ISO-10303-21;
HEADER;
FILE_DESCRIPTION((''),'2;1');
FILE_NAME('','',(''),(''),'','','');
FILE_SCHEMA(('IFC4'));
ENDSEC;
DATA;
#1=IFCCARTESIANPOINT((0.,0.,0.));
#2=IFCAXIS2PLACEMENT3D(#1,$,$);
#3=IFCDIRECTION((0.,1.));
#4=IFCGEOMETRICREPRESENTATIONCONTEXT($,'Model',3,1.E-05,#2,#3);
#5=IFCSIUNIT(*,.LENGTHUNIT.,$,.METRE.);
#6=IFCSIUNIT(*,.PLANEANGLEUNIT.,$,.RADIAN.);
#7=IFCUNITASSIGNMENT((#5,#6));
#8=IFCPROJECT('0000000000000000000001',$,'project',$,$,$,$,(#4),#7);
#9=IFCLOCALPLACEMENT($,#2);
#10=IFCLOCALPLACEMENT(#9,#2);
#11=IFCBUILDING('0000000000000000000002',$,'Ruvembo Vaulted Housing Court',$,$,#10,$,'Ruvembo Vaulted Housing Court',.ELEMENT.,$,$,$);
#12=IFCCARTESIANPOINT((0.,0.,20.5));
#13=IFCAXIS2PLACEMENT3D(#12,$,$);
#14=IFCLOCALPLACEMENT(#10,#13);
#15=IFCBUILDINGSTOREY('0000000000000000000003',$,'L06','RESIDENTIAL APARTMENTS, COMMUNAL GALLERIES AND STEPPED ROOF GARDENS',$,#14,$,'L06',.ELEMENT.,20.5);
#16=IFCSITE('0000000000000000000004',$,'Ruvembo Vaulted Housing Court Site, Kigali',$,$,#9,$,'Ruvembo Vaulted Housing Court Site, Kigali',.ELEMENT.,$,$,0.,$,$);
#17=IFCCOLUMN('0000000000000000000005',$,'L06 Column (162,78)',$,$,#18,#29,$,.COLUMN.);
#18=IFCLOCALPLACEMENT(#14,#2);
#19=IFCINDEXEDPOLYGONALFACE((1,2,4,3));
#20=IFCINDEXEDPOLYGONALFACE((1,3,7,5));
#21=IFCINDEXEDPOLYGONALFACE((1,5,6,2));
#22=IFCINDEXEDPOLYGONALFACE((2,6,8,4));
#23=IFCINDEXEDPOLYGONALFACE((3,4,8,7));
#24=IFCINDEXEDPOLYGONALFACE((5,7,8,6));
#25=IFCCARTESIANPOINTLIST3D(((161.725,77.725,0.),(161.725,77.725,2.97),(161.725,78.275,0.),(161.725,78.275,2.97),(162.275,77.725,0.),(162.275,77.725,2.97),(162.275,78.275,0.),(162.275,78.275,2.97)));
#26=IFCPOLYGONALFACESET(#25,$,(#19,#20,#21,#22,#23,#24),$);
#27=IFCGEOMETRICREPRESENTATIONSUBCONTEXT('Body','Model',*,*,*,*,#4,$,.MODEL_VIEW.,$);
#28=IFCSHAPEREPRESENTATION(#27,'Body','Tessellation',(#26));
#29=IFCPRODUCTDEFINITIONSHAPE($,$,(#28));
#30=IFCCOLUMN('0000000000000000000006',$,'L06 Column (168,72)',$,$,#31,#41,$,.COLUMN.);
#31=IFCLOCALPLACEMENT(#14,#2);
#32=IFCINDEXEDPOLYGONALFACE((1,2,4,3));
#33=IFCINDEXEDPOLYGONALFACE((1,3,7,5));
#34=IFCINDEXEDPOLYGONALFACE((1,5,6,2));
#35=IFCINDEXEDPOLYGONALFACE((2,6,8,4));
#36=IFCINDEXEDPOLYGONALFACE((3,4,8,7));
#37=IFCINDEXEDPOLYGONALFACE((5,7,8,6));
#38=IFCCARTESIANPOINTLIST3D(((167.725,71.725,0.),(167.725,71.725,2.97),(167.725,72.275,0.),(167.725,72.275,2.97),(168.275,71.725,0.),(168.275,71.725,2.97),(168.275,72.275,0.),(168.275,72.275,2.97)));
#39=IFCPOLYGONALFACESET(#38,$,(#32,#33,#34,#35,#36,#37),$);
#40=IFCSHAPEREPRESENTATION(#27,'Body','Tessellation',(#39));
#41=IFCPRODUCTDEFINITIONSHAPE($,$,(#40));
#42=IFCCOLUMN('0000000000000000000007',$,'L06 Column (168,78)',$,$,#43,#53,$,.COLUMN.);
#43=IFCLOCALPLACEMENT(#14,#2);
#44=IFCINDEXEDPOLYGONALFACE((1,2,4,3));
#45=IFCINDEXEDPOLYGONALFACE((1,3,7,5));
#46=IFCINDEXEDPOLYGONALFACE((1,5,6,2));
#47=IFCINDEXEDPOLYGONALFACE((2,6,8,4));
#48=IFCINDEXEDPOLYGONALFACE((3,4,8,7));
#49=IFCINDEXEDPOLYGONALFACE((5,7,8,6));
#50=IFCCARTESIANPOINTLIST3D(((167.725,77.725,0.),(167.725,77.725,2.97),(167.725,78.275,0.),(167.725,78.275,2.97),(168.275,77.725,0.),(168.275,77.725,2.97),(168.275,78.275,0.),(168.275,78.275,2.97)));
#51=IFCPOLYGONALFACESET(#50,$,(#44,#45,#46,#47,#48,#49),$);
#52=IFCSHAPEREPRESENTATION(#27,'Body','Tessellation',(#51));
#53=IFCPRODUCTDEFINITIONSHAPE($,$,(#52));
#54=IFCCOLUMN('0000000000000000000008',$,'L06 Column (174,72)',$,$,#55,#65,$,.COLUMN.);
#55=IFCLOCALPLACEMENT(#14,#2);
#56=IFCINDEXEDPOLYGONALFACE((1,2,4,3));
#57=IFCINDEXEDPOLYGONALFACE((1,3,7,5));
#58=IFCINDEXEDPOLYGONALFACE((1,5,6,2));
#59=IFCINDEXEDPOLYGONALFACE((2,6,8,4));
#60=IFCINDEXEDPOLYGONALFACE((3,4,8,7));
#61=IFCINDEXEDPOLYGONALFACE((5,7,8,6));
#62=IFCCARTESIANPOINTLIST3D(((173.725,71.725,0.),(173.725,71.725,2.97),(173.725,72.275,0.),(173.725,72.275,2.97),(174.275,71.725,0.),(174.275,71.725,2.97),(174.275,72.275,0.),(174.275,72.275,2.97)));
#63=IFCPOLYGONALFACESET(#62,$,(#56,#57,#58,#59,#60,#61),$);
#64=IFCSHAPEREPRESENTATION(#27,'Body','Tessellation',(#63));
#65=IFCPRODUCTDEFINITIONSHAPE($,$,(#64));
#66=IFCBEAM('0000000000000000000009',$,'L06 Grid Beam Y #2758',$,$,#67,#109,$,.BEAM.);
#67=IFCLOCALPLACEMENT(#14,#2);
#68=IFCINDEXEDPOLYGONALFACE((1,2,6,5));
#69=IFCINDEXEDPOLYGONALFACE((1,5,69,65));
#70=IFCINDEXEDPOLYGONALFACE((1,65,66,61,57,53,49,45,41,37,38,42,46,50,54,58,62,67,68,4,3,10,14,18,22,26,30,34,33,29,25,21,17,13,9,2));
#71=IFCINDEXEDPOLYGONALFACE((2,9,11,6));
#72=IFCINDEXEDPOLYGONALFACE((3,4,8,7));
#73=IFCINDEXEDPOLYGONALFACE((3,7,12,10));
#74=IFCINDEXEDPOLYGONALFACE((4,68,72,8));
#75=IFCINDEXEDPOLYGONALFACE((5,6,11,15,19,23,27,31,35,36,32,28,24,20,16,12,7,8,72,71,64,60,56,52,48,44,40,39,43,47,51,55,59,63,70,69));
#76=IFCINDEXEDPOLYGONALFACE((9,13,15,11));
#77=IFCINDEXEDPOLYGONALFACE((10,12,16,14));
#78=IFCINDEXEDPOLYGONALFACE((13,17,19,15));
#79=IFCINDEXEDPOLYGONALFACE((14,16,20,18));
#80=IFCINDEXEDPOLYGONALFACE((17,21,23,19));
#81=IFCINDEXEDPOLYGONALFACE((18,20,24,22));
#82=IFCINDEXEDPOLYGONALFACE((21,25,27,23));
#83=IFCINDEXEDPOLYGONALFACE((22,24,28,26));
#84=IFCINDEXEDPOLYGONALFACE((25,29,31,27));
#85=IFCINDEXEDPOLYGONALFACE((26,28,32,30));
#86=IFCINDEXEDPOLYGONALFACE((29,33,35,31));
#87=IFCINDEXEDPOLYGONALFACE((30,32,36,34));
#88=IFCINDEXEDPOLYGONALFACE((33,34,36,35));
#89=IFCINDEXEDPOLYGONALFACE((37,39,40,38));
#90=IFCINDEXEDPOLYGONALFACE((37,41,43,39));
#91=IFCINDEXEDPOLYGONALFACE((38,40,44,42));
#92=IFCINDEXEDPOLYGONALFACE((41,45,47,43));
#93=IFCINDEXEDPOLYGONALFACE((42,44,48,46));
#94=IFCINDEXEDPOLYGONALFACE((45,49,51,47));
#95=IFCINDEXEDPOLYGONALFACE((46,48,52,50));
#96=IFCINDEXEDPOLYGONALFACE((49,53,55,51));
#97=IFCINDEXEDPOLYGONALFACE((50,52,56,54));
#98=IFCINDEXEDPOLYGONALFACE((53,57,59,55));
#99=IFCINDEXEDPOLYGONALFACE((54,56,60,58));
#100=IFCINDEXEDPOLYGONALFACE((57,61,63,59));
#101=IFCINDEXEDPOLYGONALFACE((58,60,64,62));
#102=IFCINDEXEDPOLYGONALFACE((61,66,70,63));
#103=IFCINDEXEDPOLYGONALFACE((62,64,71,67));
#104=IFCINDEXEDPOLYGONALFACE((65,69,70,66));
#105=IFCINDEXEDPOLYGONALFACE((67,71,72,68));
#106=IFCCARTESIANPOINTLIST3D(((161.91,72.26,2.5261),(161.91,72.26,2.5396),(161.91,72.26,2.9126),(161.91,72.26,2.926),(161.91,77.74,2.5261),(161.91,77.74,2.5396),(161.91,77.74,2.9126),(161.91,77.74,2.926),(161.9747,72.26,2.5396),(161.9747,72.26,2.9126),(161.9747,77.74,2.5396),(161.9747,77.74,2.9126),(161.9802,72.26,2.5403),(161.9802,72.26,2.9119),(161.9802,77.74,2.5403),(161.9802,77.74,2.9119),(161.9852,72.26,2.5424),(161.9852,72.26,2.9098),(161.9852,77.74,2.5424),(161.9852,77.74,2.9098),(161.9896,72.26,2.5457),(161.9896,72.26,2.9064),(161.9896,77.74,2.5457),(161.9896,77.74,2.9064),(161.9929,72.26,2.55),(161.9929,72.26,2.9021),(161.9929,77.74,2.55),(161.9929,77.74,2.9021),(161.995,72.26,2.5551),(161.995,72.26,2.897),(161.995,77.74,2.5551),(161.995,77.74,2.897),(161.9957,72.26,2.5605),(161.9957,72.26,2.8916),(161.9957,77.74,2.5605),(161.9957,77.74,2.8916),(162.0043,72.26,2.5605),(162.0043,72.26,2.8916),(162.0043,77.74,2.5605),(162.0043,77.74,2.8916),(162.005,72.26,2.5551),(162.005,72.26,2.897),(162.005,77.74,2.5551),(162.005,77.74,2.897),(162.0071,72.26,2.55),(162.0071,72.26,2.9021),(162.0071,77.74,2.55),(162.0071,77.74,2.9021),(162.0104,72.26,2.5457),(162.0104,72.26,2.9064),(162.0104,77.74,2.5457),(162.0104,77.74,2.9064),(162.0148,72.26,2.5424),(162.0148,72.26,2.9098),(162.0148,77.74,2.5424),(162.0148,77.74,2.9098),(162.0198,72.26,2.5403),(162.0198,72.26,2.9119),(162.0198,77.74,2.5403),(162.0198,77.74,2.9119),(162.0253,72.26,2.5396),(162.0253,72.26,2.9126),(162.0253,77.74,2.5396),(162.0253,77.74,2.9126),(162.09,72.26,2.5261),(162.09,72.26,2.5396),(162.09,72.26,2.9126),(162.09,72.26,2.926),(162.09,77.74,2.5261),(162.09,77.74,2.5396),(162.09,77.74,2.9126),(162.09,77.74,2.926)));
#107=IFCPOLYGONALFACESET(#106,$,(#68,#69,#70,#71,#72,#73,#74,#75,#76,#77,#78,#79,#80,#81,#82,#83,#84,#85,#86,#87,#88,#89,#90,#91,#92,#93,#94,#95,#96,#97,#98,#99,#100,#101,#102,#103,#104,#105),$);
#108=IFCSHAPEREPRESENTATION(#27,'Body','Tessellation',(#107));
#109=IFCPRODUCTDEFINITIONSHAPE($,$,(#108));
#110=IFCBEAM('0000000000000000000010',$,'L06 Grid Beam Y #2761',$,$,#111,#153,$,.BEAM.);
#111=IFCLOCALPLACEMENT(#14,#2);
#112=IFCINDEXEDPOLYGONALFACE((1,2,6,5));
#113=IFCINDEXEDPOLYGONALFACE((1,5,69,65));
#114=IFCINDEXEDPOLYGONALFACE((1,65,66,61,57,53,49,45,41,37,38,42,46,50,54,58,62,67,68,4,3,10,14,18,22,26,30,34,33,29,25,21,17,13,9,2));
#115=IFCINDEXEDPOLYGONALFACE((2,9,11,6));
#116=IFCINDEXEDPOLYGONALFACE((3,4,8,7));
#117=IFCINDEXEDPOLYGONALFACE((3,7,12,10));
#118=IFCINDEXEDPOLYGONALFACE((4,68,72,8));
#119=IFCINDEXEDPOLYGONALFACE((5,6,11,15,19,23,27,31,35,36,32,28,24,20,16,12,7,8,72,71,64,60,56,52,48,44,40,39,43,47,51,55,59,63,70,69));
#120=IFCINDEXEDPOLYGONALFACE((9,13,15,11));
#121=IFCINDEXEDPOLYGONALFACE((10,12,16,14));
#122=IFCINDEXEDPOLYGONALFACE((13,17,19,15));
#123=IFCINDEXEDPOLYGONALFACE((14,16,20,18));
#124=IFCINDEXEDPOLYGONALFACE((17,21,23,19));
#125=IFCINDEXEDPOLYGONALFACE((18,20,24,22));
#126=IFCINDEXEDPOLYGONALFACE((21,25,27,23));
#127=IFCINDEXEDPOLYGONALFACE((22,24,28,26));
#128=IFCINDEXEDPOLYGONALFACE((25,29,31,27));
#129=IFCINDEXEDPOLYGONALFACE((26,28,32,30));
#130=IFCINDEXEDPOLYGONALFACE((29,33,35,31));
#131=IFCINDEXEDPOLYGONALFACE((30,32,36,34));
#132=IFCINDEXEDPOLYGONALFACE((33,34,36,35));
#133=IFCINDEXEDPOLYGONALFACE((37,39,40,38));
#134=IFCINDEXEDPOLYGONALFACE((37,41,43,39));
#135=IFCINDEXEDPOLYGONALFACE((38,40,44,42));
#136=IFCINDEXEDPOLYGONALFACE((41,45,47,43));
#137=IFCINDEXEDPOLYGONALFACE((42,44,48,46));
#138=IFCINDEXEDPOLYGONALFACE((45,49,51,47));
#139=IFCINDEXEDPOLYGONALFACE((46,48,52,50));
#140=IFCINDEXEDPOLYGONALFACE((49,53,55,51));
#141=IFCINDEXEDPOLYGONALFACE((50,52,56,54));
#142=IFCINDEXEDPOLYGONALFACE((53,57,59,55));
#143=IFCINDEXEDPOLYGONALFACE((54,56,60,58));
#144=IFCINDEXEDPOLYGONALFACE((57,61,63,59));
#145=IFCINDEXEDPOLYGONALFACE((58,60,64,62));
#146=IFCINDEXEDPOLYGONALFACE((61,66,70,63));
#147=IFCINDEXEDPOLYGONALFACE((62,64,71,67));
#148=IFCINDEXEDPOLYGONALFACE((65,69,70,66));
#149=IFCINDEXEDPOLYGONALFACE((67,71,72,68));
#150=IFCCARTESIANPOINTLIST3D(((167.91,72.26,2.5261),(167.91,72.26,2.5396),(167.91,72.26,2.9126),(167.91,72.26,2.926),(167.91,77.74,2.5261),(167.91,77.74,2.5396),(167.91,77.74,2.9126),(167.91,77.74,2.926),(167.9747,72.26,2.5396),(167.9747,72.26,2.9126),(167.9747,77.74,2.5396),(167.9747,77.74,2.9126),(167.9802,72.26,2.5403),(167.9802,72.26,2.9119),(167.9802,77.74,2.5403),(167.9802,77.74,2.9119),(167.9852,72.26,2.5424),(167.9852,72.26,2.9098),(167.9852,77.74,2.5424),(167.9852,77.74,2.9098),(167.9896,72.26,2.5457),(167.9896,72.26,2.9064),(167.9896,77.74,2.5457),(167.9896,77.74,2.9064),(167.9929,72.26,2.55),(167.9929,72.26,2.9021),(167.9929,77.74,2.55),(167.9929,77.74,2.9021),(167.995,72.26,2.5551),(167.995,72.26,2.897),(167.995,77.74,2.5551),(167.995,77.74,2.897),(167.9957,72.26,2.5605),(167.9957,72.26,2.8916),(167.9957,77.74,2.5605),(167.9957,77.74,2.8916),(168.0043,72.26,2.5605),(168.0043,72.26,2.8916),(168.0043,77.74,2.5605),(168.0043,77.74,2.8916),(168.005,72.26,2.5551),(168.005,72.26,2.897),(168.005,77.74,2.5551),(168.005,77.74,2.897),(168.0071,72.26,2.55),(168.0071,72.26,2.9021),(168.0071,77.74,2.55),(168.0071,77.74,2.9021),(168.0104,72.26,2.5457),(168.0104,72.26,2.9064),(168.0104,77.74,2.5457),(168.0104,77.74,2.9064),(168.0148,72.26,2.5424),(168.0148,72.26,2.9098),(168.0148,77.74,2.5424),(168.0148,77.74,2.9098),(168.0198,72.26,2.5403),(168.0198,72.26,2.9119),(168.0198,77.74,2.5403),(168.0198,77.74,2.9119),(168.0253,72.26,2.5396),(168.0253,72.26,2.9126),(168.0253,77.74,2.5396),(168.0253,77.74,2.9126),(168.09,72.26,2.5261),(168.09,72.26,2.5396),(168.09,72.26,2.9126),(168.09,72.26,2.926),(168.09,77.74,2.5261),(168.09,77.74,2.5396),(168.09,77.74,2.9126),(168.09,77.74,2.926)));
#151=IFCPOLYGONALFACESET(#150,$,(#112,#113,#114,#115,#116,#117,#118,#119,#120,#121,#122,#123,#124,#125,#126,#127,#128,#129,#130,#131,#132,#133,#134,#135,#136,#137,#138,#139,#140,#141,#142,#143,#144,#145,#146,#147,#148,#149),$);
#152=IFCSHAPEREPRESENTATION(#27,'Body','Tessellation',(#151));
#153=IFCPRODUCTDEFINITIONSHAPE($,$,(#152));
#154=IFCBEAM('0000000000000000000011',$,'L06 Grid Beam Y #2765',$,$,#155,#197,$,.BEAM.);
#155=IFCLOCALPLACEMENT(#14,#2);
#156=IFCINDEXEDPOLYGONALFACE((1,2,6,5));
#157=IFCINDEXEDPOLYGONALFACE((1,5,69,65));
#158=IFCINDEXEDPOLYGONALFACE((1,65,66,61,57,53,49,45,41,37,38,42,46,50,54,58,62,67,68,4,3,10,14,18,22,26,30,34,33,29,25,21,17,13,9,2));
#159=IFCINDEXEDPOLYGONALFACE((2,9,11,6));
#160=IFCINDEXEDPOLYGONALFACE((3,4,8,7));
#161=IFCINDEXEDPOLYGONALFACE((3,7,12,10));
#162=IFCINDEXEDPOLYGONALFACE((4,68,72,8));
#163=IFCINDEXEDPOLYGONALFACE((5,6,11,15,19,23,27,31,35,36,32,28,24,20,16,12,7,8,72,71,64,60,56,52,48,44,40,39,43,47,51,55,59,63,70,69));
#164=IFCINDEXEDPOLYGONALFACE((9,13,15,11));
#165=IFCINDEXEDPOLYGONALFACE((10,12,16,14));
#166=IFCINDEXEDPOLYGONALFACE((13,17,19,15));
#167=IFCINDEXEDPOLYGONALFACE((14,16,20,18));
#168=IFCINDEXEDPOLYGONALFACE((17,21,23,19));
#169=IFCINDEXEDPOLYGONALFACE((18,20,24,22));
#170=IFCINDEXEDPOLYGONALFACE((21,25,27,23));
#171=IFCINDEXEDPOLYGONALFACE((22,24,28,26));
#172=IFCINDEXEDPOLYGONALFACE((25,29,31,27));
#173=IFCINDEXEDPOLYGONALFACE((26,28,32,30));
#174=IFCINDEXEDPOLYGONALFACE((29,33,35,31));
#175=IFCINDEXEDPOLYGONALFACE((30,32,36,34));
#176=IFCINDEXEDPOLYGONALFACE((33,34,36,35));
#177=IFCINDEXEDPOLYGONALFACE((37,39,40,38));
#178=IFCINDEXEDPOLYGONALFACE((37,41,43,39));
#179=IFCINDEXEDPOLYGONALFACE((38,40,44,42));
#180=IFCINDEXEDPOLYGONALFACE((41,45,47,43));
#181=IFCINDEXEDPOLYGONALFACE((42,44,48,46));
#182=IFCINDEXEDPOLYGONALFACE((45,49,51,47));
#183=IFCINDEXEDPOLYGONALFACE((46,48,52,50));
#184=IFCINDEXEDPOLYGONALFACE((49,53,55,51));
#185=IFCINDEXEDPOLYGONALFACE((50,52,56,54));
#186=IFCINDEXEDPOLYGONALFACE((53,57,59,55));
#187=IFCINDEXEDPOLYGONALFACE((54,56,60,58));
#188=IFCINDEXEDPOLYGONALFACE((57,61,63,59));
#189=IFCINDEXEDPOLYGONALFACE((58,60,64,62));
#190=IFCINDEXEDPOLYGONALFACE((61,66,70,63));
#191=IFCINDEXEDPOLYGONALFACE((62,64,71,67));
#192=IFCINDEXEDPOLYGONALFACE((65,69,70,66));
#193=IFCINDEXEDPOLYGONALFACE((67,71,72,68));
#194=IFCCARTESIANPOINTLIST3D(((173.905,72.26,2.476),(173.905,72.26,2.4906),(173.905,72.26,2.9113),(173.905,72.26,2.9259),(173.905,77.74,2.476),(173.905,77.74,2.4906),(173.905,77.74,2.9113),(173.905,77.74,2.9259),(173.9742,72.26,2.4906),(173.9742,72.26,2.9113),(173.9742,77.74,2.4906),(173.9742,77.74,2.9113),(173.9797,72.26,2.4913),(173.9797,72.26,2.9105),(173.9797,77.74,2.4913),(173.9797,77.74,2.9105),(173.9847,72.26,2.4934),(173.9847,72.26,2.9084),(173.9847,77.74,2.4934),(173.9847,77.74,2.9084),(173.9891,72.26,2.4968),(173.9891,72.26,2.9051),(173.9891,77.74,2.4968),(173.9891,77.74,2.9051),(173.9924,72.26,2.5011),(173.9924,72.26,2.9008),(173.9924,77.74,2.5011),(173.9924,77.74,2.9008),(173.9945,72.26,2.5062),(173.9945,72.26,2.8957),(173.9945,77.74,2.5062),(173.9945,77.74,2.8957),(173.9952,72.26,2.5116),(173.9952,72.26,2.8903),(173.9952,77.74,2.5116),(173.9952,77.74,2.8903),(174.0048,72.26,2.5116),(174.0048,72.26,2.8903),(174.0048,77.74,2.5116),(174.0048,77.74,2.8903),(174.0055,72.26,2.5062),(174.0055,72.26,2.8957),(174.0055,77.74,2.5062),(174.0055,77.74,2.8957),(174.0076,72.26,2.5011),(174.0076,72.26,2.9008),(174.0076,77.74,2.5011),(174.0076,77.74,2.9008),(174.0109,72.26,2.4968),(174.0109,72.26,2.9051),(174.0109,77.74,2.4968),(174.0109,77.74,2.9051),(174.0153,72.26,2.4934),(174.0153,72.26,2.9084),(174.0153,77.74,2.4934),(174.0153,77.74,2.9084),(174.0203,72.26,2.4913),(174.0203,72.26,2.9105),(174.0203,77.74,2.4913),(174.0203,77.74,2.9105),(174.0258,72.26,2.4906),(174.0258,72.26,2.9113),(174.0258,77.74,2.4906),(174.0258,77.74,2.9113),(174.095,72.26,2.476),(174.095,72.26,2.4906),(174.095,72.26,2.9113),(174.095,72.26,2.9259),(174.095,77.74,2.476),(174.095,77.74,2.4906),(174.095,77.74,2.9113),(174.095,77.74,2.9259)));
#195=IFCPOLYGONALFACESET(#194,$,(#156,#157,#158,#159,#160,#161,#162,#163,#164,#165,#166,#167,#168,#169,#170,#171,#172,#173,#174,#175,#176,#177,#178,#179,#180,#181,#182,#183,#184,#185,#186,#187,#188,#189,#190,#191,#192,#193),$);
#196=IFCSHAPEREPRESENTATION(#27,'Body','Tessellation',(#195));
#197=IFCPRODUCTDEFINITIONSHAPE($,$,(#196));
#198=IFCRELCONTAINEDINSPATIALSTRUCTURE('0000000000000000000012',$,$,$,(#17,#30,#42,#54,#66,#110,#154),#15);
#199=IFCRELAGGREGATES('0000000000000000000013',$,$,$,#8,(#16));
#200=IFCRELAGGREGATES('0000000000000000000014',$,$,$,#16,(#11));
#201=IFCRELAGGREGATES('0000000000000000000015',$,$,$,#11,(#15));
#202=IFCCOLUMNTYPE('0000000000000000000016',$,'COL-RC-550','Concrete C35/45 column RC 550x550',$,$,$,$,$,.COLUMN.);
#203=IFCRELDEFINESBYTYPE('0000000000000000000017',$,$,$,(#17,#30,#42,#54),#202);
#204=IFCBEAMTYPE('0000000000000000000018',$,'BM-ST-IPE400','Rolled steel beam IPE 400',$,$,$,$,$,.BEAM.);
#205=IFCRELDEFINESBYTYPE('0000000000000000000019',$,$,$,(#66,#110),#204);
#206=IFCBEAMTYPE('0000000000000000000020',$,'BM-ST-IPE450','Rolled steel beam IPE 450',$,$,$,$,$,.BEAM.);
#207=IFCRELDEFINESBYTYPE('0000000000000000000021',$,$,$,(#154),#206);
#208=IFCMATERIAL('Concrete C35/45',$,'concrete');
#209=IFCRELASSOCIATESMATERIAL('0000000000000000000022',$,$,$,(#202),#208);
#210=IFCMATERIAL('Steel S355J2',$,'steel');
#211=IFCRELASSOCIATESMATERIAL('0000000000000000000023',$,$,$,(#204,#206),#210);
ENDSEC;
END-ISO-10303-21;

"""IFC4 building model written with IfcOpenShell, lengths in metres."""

from ifc_helpers import new_model, si_unit, direction, frame, origin, origin_2d, place, context, subcontext, project, spatial, rectangle, i_section, extrude, material, material_profile, profile_set, type_object, element, save


model = new_model("IFC4")

# Units and contexts
model_context = context("Model", 3, precision=1e-05, world=origin(), true_north=direction((0.0, 1.0)))
body_context = subcontext(model_context, "Body", "Model", "MODEL_VIEW")
ifc_project = project(units=[si_unit("LENGTHUNIT", "METRE"), si_unit("PLANEANGLEUNIT", "RADIAN")], contexts=[model_context])

# Site, building, storey
site_placement = place(None, origin())
site = spatial("IfcSite", under=ifc_project, at=site_placement, Name="Ruvembo Vaulted Housing Court Site, Kigali", LongName="Ruvembo Vaulted Housing Court Site, Kigali", CompositionType="ELEMENT", RefElevation=0.0)
building_placement = place(site_placement, origin())
building = spatial("IfcBuilding", under=site, at=building_placement, Name="Ruvembo Vaulted Housing Court", LongName="Ruvembo Vaulted Housing Court", CompositionType="ELEMENT")
storey_placement = place(building_placement, frame((0.0, 0.0, 20.5)))
storey = spatial("IfcBuildingStorey", under=building, at=storey_placement, Name="L06", Description="RESIDENTIAL APARTMENTS, COMMUNAL GALLERIES AND STEPPED ROOF GARDENS", LongName="L06", CompositionType="ELEMENT", Elevation=20.5)

# Columns
ifc_material_1 = material(Name="Concrete C35/45", Category="concrete")
ifc_material_profile_1 = material_profile(ifc_material_1, rectangle(XDim=0.55, YDim=0.55, at=origin_2d()), Name="RC 550x550")
ifc_profile_set_1 = profile_set([ifc_material_profile_1], Name="Concrete C35/45")
column_type = type_object("IfcColumnType", Name="COL-RC-550", Description="Concrete C35/45 column RC 550x550", PredefinedType="COLUMN", material=ifc_profile_set_1)
for number, where, z_axis, x_axis, name in (
    (1, (162.0, 78.0, 0.0), (0.0, 0.0, 1.0), (1.0, 0.0, 0.0), "L06 Column (162,78)"),
    (2, (168.0, 72.0, 0.0), (0.0, 0.0, 1.0), (1.0, 0.0, 0.0), "L06 Column (168,72)"),
    (3, (168.0, 78.0, 0.0), (0.0, 0.0, 1.0), (1.0, 0.0, 0.0), "L06 Column (168,78)"),
    (4, (174.0, 72.0, 0.0), (0.0, 0.0, 1.0), (1.0, 0.0, 0.0), "L06 Column (174,72)"),
):
    element("IfcColumn", number, at=place(storey_placement, frame(where, z_axis=z_axis, x_axis=x_axis)), inside=storey, type_object=column_type, Name=name, PredefinedType="COLUMN", context=body_context, shape_type="SweptSolid", body=[
        extrude(rectangle(XDim=0.55, YDim=0.55, at=origin_2d()), origin(), (0.0, 0.0, 1.0), 2.97),
    ])

# Beams
ifc_material_2 = material(Name="Steel S355J2", Category="steel")
ifc_material_profile_2 = material_profile(ifc_material_2, i_section(OverallWidth=0.1799, OverallDepth=0.3999, WebThickness=0.0085, FlangeThickness=0.0134, FilletRadius=0.021, at=origin_2d()), Name="IPE 400")
ifc_profile_set_2 = profile_set([ifc_material_profile_2], Name="Steel S355J2")
beam_type_1 = type_object("IfcBeamType", Name="BM-ST-IPE400", Description="Rolled steel beam IPE 400", PredefinedType="BEAM", material=ifc_profile_set_2)
for number, where, z_axis, x_axis, name in (
    (5, (162.0, 72.26, 2.7261), (0.0, 1.0, 0.0), (-1.0, 0.0, 0.0), "L06 Grid Beam Y #2758"),
    (6, (168.0, 72.26, 2.7261), (0.0, 1.0, 0.0), (-1.0, 0.0, 0.0), "L06 Grid Beam Y #2761"),
):
    element("IfcBeam", number, at=place(storey_placement, frame(where, z_axis=z_axis, x_axis=x_axis)), inside=storey, type_object=beam_type_1, Name=name, PredefinedType="BEAM", context=body_context, shape_type="SweptSolid", body=[
        extrude(i_section(OverallWidth=0.1799, OverallDepth=0.3999, WebThickness=0.0085, FlangeThickness=0.0134, FilletRadius=0.021, at=origin_2d()), origin(), (0.0, 0.0, 1.0), 5.48),
    ])
ifc_material_profile_3 = material_profile(ifc_material_2, i_section(OverallWidth=0.1899, OverallDepth=0.45, WebThickness=0.0095, FlangeThickness=0.0146, FilletRadius=0.021, at=origin_2d()), Name="IPE 450")
ifc_profile_set_3 = profile_set([ifc_material_profile_3], Name="Steel S355J2")
beam_type_2 = type_object("IfcBeamType", Name="BM-ST-IPE450", Description="Rolled steel beam IPE 450", PredefinedType="BEAM", material=ifc_profile_set_3)
beam_placement = place(storey_placement, frame((174.0, 72.26, 2.7009), z_axis=(0.0, 1.0, 0.0), x_axis=(-1.0, 0.0, 0.0)))
element("IfcBeam", 7, at=beam_placement, inside=storey, type_object=beam_type_2, Name="L06 Grid Beam Y #2765", PredefinedType="BEAM", context=body_context, shape_type="SweptSolid", body=[
    extrude(i_section(OverallWidth=0.1899, OverallDepth=0.45, WebThickness=0.0095, FlangeThickness=0.0146, FilletRadius=0.021, at=origin_2d()), origin(), (0.0, 0.0, 1.0), 5.48),
])

save(model, "model.ifc")
